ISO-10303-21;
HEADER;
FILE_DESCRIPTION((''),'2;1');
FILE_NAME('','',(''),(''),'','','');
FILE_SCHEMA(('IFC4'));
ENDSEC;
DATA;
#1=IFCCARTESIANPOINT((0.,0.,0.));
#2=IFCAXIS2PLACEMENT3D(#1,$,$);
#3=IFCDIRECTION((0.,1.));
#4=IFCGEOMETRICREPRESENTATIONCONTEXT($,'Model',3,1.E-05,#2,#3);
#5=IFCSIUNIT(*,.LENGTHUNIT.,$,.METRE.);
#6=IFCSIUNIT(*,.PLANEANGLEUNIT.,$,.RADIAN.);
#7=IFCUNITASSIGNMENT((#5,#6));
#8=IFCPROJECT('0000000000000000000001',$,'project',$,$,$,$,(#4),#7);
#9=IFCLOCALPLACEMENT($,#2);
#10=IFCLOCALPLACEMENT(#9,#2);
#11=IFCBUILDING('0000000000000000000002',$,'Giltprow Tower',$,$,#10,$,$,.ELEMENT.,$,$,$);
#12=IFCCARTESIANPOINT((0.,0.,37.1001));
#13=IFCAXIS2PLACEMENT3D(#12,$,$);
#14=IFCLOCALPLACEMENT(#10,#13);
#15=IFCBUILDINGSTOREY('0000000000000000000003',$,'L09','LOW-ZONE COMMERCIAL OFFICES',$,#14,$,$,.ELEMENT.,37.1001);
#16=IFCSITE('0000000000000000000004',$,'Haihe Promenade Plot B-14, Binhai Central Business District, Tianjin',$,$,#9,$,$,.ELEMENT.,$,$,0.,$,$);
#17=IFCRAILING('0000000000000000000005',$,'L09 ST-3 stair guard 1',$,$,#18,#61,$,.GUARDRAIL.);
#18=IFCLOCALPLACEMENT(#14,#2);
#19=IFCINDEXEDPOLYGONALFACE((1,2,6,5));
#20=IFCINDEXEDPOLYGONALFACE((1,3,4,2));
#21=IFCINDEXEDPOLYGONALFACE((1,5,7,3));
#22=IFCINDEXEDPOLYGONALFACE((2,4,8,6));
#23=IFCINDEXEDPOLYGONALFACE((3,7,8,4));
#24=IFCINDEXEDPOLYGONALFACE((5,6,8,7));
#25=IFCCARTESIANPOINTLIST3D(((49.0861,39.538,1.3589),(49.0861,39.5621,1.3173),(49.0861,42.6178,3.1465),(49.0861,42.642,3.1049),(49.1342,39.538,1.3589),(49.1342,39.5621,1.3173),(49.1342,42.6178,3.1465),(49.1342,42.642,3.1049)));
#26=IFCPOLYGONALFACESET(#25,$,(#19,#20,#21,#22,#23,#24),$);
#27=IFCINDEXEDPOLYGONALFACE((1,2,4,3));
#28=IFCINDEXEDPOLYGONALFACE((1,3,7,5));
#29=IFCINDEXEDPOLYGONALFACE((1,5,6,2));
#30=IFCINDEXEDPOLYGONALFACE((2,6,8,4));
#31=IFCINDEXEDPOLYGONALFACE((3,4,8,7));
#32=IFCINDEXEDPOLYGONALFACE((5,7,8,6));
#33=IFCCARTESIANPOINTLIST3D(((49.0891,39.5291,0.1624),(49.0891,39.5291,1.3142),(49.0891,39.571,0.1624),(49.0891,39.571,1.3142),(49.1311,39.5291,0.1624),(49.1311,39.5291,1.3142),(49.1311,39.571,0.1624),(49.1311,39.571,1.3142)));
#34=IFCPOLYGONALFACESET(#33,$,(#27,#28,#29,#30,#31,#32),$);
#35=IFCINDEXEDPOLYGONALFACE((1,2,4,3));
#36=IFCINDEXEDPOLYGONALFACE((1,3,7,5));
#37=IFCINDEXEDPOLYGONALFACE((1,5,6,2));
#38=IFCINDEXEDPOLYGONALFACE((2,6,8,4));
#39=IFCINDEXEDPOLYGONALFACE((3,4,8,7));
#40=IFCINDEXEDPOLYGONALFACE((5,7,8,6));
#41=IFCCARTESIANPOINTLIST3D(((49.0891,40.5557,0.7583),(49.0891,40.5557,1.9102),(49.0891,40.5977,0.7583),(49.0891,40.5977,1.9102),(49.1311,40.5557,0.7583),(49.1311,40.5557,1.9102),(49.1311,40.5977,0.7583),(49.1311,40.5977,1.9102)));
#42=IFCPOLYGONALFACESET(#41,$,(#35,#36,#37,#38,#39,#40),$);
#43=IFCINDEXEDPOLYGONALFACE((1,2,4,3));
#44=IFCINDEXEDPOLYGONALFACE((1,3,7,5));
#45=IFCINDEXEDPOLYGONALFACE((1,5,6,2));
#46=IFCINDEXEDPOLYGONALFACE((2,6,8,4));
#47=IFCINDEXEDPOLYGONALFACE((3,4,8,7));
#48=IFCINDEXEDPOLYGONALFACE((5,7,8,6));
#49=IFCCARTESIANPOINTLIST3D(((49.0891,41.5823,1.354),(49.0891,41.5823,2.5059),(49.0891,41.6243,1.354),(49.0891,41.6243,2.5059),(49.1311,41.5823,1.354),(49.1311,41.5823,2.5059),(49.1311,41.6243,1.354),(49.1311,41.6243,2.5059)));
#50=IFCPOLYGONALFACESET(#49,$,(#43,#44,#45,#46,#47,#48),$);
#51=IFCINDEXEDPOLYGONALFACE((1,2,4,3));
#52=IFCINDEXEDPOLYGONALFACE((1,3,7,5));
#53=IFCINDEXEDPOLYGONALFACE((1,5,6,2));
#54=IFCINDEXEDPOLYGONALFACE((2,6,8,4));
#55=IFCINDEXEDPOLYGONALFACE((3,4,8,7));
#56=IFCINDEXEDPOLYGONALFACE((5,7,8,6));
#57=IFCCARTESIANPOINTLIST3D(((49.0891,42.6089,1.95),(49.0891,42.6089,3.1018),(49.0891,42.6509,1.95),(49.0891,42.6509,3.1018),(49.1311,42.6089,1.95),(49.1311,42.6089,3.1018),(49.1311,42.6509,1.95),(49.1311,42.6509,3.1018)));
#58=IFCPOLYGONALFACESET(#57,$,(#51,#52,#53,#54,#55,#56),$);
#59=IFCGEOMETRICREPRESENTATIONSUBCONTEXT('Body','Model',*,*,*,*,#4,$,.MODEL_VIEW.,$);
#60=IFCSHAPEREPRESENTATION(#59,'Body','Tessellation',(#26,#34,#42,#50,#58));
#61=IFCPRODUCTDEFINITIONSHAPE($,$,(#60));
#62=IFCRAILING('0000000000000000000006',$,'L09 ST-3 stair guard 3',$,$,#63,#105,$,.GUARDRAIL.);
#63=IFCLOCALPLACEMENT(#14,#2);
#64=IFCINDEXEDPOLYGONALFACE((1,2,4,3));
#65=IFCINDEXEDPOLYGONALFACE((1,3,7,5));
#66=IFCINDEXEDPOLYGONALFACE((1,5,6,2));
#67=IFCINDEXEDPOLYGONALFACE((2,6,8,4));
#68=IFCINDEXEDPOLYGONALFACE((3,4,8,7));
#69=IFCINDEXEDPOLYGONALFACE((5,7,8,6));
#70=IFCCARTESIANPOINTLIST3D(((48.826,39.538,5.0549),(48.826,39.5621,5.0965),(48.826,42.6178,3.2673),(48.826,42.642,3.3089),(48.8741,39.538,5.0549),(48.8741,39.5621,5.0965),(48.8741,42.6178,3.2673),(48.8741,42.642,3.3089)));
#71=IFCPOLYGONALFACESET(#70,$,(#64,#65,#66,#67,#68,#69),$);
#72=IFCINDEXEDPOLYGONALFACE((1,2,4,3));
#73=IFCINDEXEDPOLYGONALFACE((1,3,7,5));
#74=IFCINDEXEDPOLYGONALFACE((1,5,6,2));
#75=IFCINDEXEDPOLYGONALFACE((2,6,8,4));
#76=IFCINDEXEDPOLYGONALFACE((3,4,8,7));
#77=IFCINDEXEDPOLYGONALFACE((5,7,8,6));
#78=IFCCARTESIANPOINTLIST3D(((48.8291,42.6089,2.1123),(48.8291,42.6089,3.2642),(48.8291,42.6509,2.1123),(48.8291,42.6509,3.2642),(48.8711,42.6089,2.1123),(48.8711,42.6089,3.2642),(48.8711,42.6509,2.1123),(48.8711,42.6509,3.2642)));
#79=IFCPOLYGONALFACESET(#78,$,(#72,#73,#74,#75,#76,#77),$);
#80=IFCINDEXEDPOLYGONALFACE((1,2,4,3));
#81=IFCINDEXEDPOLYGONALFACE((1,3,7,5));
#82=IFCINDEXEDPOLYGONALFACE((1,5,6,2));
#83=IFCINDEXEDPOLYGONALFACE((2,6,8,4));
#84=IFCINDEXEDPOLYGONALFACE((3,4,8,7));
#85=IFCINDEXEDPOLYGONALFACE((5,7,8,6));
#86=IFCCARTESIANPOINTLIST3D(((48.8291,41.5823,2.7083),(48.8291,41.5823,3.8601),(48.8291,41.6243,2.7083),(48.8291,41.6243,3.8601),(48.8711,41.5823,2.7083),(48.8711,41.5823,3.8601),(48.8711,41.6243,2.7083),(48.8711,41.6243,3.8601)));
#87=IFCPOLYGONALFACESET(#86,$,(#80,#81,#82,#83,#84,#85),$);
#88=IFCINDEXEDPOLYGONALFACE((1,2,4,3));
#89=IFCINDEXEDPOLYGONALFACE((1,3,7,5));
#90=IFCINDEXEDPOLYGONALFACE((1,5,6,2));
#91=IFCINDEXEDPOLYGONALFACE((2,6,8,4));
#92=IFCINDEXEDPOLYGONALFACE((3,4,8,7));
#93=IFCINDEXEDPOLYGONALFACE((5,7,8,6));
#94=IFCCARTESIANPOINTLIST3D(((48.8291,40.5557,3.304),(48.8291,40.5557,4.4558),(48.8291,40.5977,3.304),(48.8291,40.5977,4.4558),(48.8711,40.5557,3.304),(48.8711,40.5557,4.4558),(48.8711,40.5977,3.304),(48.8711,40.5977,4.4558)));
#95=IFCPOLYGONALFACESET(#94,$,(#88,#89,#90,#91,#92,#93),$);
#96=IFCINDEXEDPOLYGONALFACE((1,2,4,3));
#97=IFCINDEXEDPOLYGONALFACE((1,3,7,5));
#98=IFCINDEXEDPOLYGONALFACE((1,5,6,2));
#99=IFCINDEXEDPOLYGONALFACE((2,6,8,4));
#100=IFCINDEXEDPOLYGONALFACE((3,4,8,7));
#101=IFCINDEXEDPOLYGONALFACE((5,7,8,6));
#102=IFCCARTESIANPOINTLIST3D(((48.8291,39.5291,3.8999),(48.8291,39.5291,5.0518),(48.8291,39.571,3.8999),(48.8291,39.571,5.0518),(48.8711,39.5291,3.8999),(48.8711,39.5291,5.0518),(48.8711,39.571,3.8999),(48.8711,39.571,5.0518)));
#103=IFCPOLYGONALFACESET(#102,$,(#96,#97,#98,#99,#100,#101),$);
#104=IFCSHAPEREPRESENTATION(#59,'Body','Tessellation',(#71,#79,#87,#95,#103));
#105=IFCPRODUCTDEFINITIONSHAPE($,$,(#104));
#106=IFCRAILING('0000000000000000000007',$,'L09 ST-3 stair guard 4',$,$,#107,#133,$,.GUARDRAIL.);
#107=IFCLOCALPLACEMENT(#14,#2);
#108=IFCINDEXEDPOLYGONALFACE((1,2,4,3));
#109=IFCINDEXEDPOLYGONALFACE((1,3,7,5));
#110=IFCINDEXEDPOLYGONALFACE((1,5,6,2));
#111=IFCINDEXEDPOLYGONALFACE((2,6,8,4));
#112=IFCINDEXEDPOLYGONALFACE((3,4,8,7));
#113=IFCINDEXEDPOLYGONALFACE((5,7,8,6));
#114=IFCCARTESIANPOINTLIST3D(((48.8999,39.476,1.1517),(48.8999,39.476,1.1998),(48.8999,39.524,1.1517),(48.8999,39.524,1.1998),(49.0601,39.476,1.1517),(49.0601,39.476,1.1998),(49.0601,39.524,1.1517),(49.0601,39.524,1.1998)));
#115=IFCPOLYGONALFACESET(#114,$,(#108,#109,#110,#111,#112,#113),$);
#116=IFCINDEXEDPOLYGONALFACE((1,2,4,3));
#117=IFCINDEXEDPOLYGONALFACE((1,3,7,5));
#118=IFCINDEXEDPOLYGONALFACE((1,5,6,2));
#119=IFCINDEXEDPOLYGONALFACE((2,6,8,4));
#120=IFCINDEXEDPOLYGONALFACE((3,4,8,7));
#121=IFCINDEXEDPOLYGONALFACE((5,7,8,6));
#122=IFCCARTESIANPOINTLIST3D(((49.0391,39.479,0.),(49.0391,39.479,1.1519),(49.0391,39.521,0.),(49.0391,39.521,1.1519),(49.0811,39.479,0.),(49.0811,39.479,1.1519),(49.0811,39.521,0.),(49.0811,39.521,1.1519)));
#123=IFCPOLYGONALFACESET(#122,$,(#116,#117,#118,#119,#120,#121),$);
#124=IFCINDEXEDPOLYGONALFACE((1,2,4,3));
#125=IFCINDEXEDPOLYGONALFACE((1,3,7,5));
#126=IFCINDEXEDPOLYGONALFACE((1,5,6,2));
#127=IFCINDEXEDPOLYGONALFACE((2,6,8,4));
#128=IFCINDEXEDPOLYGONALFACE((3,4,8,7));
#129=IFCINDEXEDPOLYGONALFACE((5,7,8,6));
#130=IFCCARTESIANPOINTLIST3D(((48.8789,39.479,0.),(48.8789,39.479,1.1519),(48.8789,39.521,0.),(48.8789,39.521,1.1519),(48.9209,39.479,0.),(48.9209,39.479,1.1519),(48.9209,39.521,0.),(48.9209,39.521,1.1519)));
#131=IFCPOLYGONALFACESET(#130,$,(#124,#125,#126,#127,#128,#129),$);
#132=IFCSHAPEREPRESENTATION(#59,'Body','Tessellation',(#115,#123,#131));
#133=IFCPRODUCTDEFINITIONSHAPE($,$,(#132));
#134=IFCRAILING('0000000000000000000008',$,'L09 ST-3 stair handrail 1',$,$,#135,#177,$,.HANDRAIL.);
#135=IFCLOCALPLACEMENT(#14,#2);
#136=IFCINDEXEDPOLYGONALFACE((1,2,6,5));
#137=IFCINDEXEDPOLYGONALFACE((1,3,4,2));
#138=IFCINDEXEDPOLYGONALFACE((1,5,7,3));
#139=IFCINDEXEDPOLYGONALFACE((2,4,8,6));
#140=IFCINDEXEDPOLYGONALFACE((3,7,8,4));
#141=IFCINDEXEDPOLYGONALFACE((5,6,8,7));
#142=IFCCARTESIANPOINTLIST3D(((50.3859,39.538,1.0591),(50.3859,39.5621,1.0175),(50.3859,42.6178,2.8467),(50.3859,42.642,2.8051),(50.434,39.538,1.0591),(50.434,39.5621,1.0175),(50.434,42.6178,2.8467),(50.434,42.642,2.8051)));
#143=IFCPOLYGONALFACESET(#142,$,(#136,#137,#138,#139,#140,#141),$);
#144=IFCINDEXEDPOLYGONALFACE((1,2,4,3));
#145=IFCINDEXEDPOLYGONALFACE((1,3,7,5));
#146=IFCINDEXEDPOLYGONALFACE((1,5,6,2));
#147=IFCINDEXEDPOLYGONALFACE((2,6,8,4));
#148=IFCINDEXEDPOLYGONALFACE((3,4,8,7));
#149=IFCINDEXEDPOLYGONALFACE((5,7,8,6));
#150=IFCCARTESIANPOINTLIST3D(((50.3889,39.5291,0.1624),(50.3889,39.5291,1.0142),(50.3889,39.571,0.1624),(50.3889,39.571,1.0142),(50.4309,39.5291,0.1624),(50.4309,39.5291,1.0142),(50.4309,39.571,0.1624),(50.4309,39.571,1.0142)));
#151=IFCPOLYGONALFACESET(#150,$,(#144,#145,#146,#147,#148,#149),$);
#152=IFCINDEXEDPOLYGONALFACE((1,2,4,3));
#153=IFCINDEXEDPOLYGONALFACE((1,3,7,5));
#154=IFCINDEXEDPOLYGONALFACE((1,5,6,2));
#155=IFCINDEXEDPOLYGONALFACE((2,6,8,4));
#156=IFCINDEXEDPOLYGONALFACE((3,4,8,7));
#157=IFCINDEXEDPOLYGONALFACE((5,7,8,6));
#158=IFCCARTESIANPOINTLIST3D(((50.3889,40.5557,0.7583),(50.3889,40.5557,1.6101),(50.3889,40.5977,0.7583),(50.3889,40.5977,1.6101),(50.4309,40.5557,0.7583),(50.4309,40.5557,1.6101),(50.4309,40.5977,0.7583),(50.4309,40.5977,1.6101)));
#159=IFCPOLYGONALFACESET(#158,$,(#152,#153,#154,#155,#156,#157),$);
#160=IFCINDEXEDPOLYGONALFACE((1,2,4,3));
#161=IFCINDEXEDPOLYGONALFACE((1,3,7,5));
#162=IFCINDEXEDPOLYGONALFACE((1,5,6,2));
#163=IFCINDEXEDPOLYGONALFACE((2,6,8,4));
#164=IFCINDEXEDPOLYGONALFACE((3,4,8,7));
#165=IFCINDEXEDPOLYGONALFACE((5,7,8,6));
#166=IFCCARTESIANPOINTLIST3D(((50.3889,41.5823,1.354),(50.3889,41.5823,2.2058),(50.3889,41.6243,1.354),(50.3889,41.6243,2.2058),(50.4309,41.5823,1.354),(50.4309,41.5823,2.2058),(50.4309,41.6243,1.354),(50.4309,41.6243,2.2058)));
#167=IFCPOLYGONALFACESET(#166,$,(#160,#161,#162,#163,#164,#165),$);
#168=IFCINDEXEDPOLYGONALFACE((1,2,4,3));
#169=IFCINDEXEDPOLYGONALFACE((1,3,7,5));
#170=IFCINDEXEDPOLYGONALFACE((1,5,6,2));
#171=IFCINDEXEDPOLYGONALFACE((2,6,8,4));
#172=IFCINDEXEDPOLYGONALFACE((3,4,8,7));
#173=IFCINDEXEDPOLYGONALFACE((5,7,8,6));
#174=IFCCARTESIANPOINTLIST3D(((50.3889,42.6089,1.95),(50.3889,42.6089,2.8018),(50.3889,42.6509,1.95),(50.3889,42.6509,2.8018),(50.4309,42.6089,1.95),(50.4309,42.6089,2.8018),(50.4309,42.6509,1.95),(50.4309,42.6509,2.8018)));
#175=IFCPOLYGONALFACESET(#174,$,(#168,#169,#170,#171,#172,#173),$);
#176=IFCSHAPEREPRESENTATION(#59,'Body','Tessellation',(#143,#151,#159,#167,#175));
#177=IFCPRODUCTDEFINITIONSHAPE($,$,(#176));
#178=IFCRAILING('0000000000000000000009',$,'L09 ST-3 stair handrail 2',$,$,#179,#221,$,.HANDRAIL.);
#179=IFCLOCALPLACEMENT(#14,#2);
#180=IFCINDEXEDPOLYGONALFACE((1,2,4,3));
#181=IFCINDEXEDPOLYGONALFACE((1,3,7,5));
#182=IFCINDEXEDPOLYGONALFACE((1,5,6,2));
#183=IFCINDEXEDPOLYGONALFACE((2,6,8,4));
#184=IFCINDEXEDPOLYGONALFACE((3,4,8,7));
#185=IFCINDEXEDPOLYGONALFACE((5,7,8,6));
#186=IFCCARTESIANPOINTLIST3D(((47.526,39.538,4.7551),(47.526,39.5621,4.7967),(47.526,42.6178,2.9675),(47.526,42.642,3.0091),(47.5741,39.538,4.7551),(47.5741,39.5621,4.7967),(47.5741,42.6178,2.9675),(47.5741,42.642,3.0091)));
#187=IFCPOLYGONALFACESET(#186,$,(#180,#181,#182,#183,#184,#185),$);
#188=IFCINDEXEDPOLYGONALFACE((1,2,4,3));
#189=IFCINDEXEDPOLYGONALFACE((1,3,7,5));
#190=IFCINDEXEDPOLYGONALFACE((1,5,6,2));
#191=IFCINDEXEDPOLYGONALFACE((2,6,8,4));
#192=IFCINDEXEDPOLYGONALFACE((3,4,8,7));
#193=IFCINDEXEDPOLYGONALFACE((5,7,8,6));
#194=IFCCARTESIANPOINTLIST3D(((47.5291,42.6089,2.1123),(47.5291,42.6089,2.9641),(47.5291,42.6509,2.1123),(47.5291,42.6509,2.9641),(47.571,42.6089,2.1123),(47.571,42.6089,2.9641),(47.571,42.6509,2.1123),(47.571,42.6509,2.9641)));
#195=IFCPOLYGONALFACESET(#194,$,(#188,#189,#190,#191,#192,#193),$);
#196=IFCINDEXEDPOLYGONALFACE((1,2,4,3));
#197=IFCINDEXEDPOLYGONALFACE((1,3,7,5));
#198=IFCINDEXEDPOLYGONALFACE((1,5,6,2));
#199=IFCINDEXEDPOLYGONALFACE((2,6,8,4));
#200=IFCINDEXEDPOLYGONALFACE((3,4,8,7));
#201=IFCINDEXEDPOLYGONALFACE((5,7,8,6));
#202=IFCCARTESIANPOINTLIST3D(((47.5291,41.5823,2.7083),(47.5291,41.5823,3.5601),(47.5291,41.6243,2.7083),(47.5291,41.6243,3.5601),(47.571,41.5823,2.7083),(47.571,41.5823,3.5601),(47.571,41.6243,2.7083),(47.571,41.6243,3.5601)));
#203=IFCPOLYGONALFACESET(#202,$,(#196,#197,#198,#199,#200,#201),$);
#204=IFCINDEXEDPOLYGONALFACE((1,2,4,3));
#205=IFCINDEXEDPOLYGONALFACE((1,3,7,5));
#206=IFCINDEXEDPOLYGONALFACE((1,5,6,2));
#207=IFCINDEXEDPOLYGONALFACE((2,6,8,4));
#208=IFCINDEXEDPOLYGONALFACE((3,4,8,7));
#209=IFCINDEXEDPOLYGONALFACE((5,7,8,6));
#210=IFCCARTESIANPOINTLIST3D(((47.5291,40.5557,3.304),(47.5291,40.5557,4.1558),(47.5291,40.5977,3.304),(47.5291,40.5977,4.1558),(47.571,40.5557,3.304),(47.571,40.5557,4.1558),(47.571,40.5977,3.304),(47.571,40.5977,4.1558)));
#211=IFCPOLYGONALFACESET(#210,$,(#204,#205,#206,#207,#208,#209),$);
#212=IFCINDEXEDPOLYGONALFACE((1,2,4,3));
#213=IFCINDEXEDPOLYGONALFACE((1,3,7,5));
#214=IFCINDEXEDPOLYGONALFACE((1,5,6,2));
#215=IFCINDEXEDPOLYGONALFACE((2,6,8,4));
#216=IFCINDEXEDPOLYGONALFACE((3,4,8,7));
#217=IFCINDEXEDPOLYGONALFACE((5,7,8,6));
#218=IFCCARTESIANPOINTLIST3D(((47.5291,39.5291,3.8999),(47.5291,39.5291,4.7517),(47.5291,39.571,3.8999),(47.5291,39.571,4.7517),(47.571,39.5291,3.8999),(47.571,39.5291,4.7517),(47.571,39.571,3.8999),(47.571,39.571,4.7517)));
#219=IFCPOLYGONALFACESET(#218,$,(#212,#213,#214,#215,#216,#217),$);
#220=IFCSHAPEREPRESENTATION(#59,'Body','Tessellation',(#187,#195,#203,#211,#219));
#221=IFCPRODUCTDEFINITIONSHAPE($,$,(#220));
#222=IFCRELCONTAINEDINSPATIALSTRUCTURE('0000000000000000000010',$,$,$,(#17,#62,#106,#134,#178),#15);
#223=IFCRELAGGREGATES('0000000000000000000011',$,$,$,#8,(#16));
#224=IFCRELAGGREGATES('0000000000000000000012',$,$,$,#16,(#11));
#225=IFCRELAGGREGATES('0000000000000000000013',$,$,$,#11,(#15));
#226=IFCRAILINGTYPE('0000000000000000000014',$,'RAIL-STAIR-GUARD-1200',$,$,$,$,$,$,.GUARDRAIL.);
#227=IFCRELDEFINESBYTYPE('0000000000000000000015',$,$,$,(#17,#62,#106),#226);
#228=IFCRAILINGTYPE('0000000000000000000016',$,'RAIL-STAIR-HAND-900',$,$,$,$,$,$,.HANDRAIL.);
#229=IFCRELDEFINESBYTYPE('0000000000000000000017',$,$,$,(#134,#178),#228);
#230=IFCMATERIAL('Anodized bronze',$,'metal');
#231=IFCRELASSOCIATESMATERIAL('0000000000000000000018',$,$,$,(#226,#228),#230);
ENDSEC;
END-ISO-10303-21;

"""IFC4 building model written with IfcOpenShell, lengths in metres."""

from ifc_helpers import new_model, si_unit, direction, frame, origin, origin_2d, place, context, subcontext, project, spatial, rectangle, extrude, material, type_object, element, save


model = new_model("IFC4")

# Units and contexts
model_context = context("Model", 3, precision=1e-05, world=origin(), true_north=direction((0.0, 1.0)))
body_context = subcontext(model_context, "Body", "Model", "MODEL_VIEW")
ifc_project = project(units=[si_unit("LENGTHUNIT", "METRE"), si_unit("PLANEANGLEUNIT", "RADIAN")], contexts=[model_context])

# Site, building, storey
site_placement = place(None, origin())
site = spatial("IfcSite", under=ifc_project, at=site_placement, Name="Haihe Promenade Plot B-14, Binhai Central Business District, Tianjin", CompositionType="ELEMENT", RefElevation=0.0)
building_placement = place(site_placement, origin())
building = spatial("IfcBuilding", under=site, at=building_placement, Name="Giltprow Tower", CompositionType="ELEMENT")
storey_placement = place(building_placement, frame((0.0, 0.0, 37.1001)))
storey = spatial("IfcBuildingStorey", under=building, at=storey_placement, Name="L09", Description="LOW-ZONE COMMERCIAL OFFICES", CompositionType="ELEMENT", Elevation=37.1001)

# Railings
ifc_material_1 = material(Name="Anodized bronze", Category="metal")
railing_type_1 = type_object("IfcRailingType", Name="RAIL-STAIR-GUARD-1200", PredefinedType="GUARDRAIL", material=ifc_material_1)
railing_1_placement = place(storey_placement, frame((49.1101, 39.55, 0.1624)))
element("IfcRailing", 1, at=railing_1_placement, inside=storey, type_object=railing_type_1, Name="L09 ST-3 stair guard 1", PredefinedType="GUARDRAIL", context=body_context, shape_type="SweptSolid", body=[
    extrude(rectangle(XDim=0.0481, YDim=0.0481, at=origin_2d()), frame((0.0, 0.0, 1.1758), z_axis=(0.0, 0.864873, 0.50199), x_axis=(-1.0, 0.0, 0.0)), (0.0, 0.0, 1.0), 3.561),
    extrude(rectangle(XDim=0.042, YDim=0.042, at=origin_2d()), origin(), (0.0, 0.0, 1.0), 1.1519),
    extrude(rectangle(XDim=0.042, YDim=0.042, at=origin_2d()), frame((0.0, 1.0266, 0.5959)), (0.0, 0.0, 1.0), 1.1519),
    extrude(rectangle(XDim=0.042, YDim=0.042, at=origin_2d()), frame((0.0, 2.0532, 1.1917)), (0.0, 0.0, 1.0), 1.1519),
    extrude(rectangle(XDim=0.042, YDim=0.042, at=origin_2d()), frame((0.0, 3.0798, 1.7876)), (0.0, 0.0, 1.0), 1.1519),
])
railing_2_placement = place(storey_placement, frame((48.8501, 42.6299, 2.1123)))
element("IfcRailing", 2, at=railing_2_placement, inside=storey, type_object=railing_type_1, Name="L09 ST-3 stair guard 3", PredefinedType="GUARDRAIL", context=body_context, shape_type="SweptSolid", body=[
    extrude(rectangle(XDim=0.0481, YDim=0.0481, at=origin_2d()), frame((0.0, 0.0, 1.1758), z_axis=(0.0, -0.864873, 0.50199), x_axis=(1.0, 0.0, 0.0)), (0.0, 0.0, 1.0), 3.561),
    extrude(rectangle(XDim=0.042, YDim=0.042, at=origin_2d()), origin(), (0.0, 0.0, 1.0), 1.1519),
    extrude(rectangle(XDim=0.042, YDim=0.042, at=origin_2d()), frame((0.0, -1.0266, 0.5959)), (0.0, 0.0, 1.0), 1.1519),
    extrude(rectangle(XDim=0.042, YDim=0.042, at=origin_2d()), frame((0.0, -2.0532, 1.1917)), (0.0, 0.0, 1.0), 1.1519),
    extrude(rectangle(XDim=0.042, YDim=0.042, at=origin_2d()), frame((0.0, -3.0798, 1.7876)), (0.0, 0.0, 1.0), 1.1519),
])
railing_3_placement = place(storey_placement, frame((49.0601, 39.5, 0.0)))
element("IfcRailing", 3, at=railing_3_placement, inside=storey, type_object=railing_type_1, Name="L09 ST-3 stair guard 4", PredefinedType="GUARDRAIL", context=body_context, shape_type="SweptSolid", body=[
    extrude(rectangle(XDim=0.0481, YDim=0.0481, at=origin_2d()), frame((0.0, 0.0, 1.1758), z_axis=(-1.0, 0.0, 0.0), x_axis=(0.0, -1.0, 0.0)), (0.0, 0.0, 1.0), 0.1602),
    extrude(rectangle(XDim=0.042, YDim=0.042, at=origin_2d()), origin(), (0.0, 0.0, 1.0), 1.1519),
    extrude(rectangle(XDim=0.042, YDim=0.042, at=origin_2d()), frame((-0.1602, 0.0, 0.0)), (0.0, 0.0, 1.0), 1.1519),
])
railing_type_2 = type_object("IfcRailingType", Name="RAIL-STAIR-HAND-900", PredefinedType="HANDRAIL", material=ifc_material_1)
railing_4_placement = place(storey_placement, frame((50.4099, 39.55, 0.1624)))
element("IfcRailing", 4, at=railing_4_placement, inside=storey, type_object=railing_type_2, Name="L09 ST-3 stair handrail 1", PredefinedType="HANDRAIL", context=body_context, shape_type="SweptSolid", body=[
    extrude(rectangle(XDim=0.0481, YDim=0.0481, at=origin_2d()), frame((0.0, 0.0, 0.876), z_axis=(0.0, 0.864873, 0.50199), x_axis=(-1.0, 0.0, 0.0)), (0.0, 0.0, 1.0), 3.561),
    extrude(rectangle(XDim=0.042, YDim=0.042, at=origin_2d()), origin(), (0.0, 0.0, 1.0), 0.8518),
    extrude(rectangle(XDim=0.042, YDim=0.042, at=origin_2d()), frame((0.0, 1.0266, 0.5959)), (0.0, 0.0, 1.0), 0.8518),
    extrude(rectangle(XDim=0.042, YDim=0.042, at=origin_2d()), frame((0.0, 2.0532, 1.1917)), (0.0, 0.0, 1.0), 0.8518),
    extrude(rectangle(XDim=0.042, YDim=0.042, at=origin_2d()), frame((0.0, 3.0798, 1.7876)), (0.0, 0.0, 1.0), 0.8518),
])
railing_5_placement = place(storey_placement, frame((47.55, 42.6299, 2.1123)))
element("IfcRailing", 5, at=railing_5_placement, inside=storey, type_object=railing_type_2, Name="L09 ST-3 stair handrail 2", PredefinedType="HANDRAIL", context=body_context, shape_type="SweptSolid", body=[
    extrude(rectangle(XDim=0.0481, YDim=0.0481, at=origin_2d()), frame((0.0, 0.0, 0.876), z_axis=(0.0, -0.864873, 0.50199), x_axis=(1.0, 0.0, 0.0)), (0.0, 0.0, 1.0), 3.561),
    extrude(rectangle(XDim=0.042, YDim=0.042, at=origin_2d()), origin(), (0.0, 0.0, 1.0), 0.8518),
    extrude(rectangle(XDim=0.042, YDim=0.042, at=origin_2d()), frame((0.0, -1.0266, 0.5959)), (0.0, 0.0, 1.0), 0.8518),
    extrude(rectangle(XDim=0.042, YDim=0.042, at=origin_2d()), frame((0.0, -2.0532, 1.1917)), (0.0, 0.0, 1.0), 0.8518),
    extrude(rectangle(XDim=0.042, YDim=0.042, at=origin_2d()), frame((0.0, -3.0798, 1.7876)), (0.0, 0.0, 1.0), 0.8518),
])

save(model, "model.ifc")
